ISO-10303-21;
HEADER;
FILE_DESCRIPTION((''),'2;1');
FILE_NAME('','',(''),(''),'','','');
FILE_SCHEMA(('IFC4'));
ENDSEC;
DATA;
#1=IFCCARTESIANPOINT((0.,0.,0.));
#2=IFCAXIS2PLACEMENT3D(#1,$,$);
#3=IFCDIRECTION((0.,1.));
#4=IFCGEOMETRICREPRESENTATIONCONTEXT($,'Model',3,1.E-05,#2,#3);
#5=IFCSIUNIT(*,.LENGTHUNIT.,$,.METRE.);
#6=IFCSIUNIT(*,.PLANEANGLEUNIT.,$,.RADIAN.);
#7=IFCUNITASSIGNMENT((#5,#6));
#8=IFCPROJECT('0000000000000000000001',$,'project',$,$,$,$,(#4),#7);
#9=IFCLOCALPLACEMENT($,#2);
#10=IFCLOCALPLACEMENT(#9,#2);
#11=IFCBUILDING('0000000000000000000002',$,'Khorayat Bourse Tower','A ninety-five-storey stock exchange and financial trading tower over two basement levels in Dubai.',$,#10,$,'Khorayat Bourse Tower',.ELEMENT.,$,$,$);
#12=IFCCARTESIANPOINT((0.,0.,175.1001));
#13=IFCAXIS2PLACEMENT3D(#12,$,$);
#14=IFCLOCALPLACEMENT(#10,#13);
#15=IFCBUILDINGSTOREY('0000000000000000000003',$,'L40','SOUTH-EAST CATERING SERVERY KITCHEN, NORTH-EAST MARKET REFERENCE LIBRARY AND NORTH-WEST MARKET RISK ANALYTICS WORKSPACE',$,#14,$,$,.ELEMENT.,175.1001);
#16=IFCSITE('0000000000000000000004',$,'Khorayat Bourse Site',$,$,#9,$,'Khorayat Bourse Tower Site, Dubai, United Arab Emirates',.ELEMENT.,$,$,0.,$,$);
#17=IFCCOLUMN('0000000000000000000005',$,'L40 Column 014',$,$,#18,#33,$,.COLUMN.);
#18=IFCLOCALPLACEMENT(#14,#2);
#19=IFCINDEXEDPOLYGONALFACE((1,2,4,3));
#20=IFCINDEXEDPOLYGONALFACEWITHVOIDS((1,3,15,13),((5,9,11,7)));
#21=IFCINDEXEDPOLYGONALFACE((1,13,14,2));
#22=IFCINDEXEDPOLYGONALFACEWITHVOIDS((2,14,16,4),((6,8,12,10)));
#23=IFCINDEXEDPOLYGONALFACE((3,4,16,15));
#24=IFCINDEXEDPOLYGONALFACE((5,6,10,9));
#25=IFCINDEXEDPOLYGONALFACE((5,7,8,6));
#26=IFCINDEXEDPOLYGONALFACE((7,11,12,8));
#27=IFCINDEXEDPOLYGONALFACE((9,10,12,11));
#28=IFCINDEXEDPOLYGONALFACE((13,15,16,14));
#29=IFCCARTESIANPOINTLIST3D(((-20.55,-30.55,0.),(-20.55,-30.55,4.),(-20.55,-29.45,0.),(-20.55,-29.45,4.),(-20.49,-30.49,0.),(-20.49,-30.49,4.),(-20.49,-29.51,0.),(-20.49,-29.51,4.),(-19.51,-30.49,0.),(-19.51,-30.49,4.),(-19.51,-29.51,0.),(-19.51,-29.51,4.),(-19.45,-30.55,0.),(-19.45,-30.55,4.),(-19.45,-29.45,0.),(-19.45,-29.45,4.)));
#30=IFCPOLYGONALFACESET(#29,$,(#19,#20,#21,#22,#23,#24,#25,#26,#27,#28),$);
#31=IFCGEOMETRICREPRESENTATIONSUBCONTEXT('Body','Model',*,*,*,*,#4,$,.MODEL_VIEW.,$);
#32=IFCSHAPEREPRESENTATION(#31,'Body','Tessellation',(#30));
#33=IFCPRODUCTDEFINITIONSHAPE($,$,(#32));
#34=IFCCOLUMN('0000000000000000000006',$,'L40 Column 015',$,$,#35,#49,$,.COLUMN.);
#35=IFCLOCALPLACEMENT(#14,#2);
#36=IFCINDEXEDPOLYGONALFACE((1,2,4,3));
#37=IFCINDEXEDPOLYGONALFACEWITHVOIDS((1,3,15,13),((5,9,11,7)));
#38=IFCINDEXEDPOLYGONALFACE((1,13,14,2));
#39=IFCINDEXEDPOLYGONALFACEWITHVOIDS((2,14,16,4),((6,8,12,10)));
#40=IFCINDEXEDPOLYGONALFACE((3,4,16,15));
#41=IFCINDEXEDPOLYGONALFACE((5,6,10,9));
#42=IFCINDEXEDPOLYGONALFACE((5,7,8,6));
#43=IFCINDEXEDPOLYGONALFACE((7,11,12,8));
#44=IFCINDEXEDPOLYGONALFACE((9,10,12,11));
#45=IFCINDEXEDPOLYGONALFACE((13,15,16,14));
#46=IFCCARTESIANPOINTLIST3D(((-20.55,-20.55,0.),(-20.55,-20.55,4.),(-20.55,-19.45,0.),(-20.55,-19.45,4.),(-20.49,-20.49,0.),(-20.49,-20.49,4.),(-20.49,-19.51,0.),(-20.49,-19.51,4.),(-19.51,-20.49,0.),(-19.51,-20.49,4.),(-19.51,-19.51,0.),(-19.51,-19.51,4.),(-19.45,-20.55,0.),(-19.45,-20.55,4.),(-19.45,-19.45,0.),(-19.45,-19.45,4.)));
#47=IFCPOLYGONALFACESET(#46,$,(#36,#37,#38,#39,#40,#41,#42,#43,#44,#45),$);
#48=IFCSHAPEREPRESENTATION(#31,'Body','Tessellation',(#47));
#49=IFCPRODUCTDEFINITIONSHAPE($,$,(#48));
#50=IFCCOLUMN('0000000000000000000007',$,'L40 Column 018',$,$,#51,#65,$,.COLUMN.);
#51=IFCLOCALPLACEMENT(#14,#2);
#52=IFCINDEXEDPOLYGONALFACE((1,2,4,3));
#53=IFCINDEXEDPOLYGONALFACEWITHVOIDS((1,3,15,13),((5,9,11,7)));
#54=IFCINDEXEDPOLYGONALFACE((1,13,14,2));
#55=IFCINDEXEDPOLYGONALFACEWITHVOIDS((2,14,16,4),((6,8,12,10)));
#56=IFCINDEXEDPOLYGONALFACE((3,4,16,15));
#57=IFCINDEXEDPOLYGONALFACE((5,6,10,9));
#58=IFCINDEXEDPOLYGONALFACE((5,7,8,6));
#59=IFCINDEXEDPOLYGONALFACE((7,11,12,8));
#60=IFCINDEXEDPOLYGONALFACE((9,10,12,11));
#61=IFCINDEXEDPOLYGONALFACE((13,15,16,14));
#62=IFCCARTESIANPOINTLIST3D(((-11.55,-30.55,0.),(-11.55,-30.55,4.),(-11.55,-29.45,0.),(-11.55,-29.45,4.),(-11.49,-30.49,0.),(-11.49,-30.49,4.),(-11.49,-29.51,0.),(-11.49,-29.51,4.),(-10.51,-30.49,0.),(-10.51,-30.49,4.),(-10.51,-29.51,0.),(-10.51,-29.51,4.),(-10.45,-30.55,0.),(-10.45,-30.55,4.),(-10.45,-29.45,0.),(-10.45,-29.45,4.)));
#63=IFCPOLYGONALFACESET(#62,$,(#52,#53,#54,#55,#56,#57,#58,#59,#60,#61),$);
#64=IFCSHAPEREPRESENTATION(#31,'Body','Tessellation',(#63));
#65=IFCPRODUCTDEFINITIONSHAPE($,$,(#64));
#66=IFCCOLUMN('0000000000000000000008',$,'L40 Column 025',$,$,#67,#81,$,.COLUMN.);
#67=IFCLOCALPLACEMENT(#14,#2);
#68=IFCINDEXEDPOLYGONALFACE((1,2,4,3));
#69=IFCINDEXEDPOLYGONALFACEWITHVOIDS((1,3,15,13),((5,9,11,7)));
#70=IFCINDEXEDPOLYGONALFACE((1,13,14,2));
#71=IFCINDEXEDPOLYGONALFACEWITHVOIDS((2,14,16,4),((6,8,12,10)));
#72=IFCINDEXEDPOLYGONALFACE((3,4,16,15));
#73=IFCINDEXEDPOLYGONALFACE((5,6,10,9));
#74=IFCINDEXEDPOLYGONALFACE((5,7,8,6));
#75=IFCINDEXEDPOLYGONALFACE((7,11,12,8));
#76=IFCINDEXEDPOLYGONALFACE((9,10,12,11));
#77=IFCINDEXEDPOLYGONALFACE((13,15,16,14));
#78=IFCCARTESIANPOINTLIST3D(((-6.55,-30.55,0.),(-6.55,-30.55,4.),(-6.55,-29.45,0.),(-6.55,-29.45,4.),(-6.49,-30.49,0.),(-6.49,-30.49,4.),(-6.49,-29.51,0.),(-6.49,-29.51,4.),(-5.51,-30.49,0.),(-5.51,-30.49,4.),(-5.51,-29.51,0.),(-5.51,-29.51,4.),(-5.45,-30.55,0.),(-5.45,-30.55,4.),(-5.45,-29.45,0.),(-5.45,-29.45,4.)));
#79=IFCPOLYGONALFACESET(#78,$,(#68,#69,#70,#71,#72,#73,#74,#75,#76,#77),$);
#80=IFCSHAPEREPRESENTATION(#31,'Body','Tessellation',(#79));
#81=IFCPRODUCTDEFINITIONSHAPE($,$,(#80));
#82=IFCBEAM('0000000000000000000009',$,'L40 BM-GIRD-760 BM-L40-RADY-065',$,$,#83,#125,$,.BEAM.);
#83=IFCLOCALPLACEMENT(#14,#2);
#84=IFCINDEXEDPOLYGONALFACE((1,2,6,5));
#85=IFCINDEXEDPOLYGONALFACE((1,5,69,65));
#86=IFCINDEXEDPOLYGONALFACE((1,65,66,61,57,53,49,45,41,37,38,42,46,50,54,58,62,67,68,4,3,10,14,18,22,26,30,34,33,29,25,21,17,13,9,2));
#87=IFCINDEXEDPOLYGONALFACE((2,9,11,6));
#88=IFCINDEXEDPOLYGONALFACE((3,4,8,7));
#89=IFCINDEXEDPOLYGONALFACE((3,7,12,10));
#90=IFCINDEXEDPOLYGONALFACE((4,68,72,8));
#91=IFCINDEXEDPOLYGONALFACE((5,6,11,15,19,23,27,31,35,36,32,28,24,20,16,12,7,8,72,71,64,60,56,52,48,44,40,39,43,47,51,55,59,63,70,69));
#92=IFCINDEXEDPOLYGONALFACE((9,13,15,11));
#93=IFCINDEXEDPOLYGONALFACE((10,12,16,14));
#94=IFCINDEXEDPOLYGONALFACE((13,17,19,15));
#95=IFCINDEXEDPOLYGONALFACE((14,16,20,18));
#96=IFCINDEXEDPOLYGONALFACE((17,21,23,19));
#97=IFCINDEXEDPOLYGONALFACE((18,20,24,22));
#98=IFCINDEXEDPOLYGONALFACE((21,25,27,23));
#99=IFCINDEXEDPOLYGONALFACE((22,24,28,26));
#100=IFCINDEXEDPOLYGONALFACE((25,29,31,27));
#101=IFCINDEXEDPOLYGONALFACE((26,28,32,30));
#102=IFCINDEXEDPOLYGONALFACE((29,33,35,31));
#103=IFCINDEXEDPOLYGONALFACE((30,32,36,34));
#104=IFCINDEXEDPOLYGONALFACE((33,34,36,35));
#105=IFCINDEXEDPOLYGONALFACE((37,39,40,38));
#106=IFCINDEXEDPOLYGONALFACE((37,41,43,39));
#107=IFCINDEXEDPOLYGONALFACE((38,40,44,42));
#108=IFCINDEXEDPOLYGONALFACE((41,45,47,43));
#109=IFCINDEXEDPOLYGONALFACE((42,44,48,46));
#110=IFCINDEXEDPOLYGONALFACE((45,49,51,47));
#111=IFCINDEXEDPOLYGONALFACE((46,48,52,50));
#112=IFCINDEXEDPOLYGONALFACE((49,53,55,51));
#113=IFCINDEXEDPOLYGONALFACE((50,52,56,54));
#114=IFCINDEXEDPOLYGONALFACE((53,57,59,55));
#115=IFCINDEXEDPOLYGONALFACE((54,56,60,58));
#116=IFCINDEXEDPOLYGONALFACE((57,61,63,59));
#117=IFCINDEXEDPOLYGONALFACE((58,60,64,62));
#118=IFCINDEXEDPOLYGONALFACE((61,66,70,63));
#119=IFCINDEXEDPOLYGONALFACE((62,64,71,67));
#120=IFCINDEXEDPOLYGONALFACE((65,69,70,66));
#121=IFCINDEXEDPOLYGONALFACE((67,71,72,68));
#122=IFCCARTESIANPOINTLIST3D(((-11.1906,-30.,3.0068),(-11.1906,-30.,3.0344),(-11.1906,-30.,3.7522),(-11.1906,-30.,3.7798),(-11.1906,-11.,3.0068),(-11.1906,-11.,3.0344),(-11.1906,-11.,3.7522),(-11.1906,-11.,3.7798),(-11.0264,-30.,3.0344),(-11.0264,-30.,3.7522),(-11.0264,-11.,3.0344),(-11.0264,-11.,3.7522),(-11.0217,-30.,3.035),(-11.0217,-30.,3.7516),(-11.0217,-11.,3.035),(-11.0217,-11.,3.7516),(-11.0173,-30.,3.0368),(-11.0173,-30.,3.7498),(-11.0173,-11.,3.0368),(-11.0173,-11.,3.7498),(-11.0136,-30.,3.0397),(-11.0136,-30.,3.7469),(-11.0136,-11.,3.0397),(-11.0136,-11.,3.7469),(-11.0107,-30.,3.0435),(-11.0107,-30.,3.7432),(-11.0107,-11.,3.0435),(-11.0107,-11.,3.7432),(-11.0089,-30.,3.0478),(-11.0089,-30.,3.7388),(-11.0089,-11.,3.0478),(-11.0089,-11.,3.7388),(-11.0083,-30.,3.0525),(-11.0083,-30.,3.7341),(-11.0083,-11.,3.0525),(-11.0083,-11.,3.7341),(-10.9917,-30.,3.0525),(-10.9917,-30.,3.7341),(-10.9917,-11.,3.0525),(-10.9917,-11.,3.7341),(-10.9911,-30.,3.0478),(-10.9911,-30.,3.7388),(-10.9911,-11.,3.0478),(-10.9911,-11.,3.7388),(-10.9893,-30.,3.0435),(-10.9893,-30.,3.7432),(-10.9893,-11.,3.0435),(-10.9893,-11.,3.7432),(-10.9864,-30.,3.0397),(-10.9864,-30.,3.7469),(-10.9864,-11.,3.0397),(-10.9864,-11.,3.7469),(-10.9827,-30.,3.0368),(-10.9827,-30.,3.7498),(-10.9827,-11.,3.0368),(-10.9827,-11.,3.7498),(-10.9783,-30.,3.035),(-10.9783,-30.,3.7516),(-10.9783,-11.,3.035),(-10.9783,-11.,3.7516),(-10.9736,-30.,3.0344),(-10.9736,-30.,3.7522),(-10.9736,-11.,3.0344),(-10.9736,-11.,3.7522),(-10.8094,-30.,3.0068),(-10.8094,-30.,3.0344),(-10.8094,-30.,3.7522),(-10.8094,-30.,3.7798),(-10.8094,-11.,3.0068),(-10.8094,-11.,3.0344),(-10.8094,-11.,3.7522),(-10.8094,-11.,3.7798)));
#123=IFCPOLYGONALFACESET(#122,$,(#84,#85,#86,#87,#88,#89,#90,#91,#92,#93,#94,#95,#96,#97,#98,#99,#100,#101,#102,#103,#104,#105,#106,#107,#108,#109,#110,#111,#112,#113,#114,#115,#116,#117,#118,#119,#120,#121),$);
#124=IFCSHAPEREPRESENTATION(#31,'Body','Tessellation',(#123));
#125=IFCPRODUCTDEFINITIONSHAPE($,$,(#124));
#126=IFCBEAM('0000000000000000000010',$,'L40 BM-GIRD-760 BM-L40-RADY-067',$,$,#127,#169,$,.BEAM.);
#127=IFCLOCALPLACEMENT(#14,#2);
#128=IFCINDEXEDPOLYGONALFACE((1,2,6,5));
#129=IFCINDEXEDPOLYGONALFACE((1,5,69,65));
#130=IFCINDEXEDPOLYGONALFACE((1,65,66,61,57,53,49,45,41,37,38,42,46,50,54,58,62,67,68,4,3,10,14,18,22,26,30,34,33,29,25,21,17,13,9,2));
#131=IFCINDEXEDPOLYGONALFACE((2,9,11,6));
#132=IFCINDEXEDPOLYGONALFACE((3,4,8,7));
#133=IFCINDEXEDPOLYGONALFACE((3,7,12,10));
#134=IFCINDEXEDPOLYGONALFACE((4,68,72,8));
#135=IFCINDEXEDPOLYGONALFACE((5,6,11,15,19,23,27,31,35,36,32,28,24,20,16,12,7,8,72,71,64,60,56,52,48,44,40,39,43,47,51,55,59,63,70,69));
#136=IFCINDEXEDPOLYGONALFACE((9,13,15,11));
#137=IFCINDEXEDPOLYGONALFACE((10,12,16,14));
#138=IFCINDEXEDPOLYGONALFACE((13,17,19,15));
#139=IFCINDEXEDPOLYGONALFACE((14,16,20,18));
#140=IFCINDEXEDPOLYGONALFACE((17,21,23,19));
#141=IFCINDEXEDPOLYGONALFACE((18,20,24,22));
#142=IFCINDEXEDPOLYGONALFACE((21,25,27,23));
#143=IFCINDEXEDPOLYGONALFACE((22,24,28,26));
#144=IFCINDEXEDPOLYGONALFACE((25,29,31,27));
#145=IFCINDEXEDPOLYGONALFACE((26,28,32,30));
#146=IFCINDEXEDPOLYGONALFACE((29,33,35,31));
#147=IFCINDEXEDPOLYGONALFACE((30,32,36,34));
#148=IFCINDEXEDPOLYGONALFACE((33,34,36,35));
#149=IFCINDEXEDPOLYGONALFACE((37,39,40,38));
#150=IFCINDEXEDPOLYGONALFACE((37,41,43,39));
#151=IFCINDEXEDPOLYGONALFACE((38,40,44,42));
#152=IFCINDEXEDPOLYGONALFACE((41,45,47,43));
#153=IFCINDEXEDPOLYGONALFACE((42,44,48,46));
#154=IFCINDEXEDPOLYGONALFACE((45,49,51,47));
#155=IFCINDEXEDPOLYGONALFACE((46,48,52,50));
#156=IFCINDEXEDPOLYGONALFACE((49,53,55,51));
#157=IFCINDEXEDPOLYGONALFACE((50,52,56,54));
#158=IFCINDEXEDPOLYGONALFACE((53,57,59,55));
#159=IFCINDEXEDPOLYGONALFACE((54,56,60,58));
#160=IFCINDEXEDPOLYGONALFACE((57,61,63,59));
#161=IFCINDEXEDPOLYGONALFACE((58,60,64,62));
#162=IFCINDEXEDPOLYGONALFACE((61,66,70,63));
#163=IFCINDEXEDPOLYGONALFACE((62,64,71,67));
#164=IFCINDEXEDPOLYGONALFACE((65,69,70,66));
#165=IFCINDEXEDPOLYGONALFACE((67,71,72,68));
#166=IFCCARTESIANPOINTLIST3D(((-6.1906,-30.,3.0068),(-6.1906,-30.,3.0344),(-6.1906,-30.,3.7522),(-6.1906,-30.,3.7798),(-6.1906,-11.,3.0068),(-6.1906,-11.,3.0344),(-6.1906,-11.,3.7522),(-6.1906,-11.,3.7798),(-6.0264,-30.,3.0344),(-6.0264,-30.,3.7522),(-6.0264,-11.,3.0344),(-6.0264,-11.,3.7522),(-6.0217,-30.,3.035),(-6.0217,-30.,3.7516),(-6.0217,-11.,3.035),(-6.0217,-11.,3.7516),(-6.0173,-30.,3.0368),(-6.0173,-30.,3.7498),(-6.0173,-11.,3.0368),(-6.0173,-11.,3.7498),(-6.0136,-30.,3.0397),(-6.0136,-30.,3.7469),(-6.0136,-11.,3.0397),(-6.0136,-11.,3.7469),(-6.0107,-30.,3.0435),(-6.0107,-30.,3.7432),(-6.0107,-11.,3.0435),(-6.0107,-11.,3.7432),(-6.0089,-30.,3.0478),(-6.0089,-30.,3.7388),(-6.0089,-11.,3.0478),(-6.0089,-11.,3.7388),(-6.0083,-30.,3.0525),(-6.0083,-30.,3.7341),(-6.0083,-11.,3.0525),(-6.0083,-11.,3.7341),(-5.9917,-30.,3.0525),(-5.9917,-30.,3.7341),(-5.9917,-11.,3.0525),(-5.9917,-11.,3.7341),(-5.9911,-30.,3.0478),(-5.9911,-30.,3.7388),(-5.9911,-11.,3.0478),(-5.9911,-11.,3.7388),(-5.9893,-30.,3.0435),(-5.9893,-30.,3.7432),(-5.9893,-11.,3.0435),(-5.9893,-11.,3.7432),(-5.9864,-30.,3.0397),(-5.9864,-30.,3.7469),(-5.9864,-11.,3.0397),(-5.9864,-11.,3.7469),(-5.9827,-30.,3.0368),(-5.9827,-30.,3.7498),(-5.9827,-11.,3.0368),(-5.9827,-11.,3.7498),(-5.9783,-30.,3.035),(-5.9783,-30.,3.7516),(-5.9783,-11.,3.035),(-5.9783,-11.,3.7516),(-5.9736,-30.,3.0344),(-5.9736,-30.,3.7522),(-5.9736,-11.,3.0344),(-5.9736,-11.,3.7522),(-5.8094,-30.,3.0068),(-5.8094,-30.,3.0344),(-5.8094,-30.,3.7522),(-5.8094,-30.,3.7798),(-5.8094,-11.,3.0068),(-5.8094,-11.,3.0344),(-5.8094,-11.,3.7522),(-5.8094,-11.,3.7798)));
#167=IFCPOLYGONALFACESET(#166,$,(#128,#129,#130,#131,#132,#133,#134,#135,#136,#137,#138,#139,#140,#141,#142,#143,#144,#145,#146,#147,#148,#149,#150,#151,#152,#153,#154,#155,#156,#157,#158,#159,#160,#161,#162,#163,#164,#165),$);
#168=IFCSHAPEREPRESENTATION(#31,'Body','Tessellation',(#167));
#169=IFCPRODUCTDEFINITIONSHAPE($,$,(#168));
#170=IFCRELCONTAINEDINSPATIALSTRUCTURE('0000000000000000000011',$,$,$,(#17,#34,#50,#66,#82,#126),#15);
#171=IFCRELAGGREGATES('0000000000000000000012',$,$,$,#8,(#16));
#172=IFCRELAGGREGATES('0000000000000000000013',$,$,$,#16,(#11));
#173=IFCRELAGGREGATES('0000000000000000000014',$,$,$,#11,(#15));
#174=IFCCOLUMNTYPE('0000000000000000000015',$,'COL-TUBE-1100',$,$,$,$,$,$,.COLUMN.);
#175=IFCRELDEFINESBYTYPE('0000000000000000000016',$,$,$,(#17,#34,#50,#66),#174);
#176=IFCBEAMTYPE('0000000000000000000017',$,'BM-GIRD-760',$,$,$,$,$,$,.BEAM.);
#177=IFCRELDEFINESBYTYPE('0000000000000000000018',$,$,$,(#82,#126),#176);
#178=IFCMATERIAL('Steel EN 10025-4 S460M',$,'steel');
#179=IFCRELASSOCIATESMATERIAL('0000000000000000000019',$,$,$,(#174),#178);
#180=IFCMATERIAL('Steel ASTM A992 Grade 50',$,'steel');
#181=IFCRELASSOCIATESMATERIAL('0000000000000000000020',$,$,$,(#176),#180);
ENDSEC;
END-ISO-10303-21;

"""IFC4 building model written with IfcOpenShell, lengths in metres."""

from ifc_helpers import new_model, si_unit, direction, frame, origin, origin_2d, place, context, subcontext, project, spatial, hollow_rectangle, i_section, extrude, source, transform, mapped, material, material_profile, profile_set, type_object, element, save


model = new_model("IFC4")

# Units and contexts
model_context = context("Model", 3, precision=1e-05, world=origin(), true_north=direction((0.0, 1.0)))
body_context = subcontext(model_context, "Body", "Model", "MODEL_VIEW")
ifc_project = project(units=[si_unit("LENGTHUNIT", "METRE"), si_unit("PLANEANGLEUNIT", "RADIAN")], contexts=[model_context])

# Site, building, storey
site_placement = place(None, origin())
site = spatial("IfcSite", under=ifc_project, at=site_placement, Name="Khorayat Bourse Site", LongName="Khorayat Bourse Tower Site, Dubai, United Arab Emirates", CompositionType="ELEMENT", RefElevation=0.0)
building_placement = place(site_placement, origin())
building = spatial("IfcBuilding", under=site, at=building_placement, Name="Khorayat Bourse Tower", Description="A ninety-five-storey stock exchange and financial trading tower over two basement levels in Dubai.", LongName="Khorayat Bourse Tower", CompositionType="ELEMENT")
storey_placement = place(building_placement, frame((0.0, 0.0, 175.1001)))
storey = spatial("IfcBuildingStorey", under=building, at=storey_placement, Name="L40", Description="SOUTH-EAST CATERING SERVERY KITCHEN, NORTH-EAST MARKET REFERENCE LIBRARY AND NORTH-WEST MARKET RISK ANALYTICS WORKSPACE", CompositionType="ELEMENT", Elevation=175.1001)

# Columns
ifc_material_1 = material(Name="Steel EN 10025-4 S460M", Category="steel")
ifc_material_profile_1 = material_profile(ifc_material_1, hollow_rectangle(XDim=1.1001, YDim=1.1001, WallThickness=0.0601, at=origin_2d()), Name="BOX 1100x1100x60")
ifc_profile_set_1 = profile_set([ifc_material_profile_1], Name="Steel EN 10025-4 S460M")
column_type = type_object("IfcColumnType", Name="COL-TUBE-1100", PredefinedType="COLUMN", material=ifc_profile_set_1)
shared_shape_1 = source(origin(), body_context, "Body", "SweptSolid", [
    extrude(hollow_rectangle(XDim=1.1001, YDim=1.1001, WallThickness=0.0601, at=origin_2d()), origin(), (0.0, 0.0, 1.0), 4.0),
])
for number, where, z_axis, x_axis, name in (
    (1, (-20.0, -30.0, 0.0), (0.0, 0.0, 1.0), (1.0, 0.0, 0.0), "L40 Column 014"),
    (2, (-20.0, -20.0, 0.0), (0.0, 0.0, 1.0), (1.0, 0.0, 0.0), "L40 Column 015"),
    (3, (-11.0, -30.0, 0.0), (0.0, 0.0, 1.0), (1.0, 0.0, 0.0), "L40 Column 018"),
    (4, (-6.0, -30.0, 0.0), (0.0, 0.0, 1.0), (1.0, 0.0, 0.0), "L40 Column 025"),
):
    element("IfcColumn", number, at=place(storey_placement, frame(where, z_axis=z_axis, x_axis=x_axis)), inside=storey, type_object=column_type, Name=name, PredefinedType="COLUMN", context=body_context, shape_type="MappedRepresentation", body=[
        mapped(shared_shape_1, transform((0.0, 0.0, 0.0), scale=1.0)),
    ])

# Beams
ifc_material_2 = material(Name="Steel ASTM A992 Grade 50", Category="steel")
ifc_material_profile_2 = material_profile(ifc_material_2, i_section(OverallWidth=0.3811, OverallDepth=0.7729, WebThickness=0.0166, FlangeThickness=0.0276, FilletRadius=0.0181, at=origin_2d()), Name="W760X257")
ifc_profile_set_2 = profile_set([ifc_material_profile_2], Name="Steel ASTM A992 Grade 50")
beam_type_1 = type_object("IfcBeamType", Name="BM-GIRD-760", PredefinedType="BEAM", material=ifc_profile_set_2)
shared_shape_2 = source(origin(), body_context, "Body", "SweptSolid", [
    extrude(i_section(OverallWidth=0.3811, OverallDepth=0.7729, WebThickness=0.0166, FlangeThickness=0.0276, FilletRadius=0.0181, at=origin_2d()), origin(), (0.0, 0.0, 1.0), 19.0),
])
for number, where, z_axis, x_axis, name in (
    (5, (-11.0, -30.0, 3.3933), (0.0, 1.0, 0.0), (-1.0, 0.0, 0.0), "L40 BM-GIRD-760 BM-L40-RADY-065"),
    (6, (-6.0, -30.0, 3.3933), (0.0, 1.0, 0.0), (-1.0, 0.0, 0.0), "L40 BM-GIRD-760 BM-L40-RADY-067"),
):
    element("IfcBeam", number, at=place(storey_placement, frame(where, z_axis=z_axis, x_axis=x_axis)), inside=storey, type_object=beam_type_1, Name=name, PredefinedType="BEAM", context=body_context, shape_type="MappedRepresentation", body=[
        mapped(shared_shape_2, transform((0.0, 0.0, 0.0), scale=1.0)),
    ])

save(model, "model.ifc")
